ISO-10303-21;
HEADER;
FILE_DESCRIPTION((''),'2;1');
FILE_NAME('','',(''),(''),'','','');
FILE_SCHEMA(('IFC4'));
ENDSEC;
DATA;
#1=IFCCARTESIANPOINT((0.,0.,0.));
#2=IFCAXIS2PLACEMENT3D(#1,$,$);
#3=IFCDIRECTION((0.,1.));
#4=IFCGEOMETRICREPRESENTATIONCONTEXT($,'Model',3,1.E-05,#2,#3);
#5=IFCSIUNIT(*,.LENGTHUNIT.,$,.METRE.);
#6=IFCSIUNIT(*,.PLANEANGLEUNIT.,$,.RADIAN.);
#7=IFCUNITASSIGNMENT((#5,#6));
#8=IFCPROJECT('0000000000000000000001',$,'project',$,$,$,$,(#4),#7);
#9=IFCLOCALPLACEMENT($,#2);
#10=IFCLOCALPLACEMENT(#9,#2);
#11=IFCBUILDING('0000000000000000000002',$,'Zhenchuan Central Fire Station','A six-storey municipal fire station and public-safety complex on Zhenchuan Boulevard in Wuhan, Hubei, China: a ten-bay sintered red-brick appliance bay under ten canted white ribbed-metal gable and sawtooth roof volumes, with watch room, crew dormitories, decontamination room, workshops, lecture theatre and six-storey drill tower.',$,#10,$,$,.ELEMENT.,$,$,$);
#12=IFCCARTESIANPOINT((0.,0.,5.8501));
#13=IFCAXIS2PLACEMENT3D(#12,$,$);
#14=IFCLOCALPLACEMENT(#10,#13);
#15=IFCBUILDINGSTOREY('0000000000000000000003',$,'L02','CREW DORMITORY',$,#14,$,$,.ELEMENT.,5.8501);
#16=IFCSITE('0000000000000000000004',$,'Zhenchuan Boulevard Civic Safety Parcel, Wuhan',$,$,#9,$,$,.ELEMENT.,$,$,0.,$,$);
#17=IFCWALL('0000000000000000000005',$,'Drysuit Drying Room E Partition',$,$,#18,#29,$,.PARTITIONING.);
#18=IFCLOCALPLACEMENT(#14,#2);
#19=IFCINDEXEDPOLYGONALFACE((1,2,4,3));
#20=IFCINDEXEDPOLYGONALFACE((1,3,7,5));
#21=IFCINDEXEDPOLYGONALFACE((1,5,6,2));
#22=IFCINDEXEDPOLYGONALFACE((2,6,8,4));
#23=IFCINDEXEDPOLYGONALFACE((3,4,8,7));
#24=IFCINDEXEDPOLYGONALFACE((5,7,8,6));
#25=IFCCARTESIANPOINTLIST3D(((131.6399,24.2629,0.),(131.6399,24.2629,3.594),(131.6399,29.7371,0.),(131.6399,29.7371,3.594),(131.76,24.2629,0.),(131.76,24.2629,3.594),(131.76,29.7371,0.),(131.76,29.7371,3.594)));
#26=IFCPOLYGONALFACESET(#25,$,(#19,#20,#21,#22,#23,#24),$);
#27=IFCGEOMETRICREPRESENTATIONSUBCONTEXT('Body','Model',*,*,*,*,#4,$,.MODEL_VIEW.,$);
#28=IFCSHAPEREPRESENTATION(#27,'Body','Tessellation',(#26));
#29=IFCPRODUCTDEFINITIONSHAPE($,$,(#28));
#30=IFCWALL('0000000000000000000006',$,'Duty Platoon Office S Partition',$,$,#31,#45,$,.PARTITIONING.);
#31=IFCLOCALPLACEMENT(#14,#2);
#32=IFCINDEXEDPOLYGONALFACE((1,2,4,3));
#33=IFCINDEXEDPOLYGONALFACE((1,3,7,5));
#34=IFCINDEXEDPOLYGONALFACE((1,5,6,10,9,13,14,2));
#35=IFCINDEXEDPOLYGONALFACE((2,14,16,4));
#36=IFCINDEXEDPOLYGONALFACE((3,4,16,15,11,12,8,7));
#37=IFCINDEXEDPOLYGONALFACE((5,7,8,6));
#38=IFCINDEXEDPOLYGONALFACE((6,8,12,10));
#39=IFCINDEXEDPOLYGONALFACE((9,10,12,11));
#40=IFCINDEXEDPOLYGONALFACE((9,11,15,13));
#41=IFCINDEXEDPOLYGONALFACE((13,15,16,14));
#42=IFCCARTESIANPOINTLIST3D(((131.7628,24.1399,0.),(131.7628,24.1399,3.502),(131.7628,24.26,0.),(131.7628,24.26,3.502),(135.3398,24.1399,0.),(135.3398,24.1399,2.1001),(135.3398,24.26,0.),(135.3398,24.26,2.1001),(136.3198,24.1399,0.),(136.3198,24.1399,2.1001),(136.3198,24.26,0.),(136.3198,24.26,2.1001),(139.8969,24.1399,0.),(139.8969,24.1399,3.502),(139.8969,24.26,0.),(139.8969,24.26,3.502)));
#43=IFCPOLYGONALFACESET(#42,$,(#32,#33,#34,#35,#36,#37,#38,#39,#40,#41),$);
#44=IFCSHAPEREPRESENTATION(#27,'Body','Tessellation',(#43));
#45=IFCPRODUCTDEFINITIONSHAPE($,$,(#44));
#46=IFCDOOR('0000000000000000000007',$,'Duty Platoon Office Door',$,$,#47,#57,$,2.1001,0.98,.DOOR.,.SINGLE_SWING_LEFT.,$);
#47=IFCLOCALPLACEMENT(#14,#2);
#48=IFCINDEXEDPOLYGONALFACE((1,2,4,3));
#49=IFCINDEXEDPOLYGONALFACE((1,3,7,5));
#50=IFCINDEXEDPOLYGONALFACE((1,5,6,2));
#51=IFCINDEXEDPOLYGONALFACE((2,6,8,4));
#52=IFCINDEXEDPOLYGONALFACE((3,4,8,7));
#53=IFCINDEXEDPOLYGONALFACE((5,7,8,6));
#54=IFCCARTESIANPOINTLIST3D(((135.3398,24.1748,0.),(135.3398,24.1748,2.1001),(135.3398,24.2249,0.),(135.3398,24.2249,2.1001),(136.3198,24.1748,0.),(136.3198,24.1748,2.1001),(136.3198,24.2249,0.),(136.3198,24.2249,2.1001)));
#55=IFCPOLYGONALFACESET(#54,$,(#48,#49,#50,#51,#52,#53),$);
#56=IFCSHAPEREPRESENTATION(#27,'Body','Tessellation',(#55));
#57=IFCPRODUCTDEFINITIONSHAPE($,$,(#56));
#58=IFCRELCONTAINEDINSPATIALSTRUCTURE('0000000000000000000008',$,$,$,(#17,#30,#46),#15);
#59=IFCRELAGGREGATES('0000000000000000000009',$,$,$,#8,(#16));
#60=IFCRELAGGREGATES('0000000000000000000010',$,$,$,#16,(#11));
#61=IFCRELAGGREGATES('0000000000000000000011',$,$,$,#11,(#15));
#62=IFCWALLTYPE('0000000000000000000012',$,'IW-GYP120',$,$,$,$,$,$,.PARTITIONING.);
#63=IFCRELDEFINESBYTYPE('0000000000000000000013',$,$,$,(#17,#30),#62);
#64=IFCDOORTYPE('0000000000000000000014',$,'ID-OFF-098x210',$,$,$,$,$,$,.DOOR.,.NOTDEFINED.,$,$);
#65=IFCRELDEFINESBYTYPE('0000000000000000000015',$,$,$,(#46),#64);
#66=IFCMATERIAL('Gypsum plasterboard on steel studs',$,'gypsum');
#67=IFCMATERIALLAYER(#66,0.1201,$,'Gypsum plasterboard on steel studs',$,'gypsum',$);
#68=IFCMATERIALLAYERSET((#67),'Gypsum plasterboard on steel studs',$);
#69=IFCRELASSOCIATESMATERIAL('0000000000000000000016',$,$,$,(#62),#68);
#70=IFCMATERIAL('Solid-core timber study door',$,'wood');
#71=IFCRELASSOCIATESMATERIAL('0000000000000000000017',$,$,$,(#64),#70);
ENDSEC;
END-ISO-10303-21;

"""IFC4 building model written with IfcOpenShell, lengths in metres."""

from ifc_helpers import new_model, si_unit, direction, frame, frame_2d, origin, place, context, subcontext, project, spatial, rectangle, extrude, material, layer, layer_set, type_object, element, fill, save


model = new_model("IFC4")

# Units and contexts
model_context = context("Model", 3, precision=1e-05, world=origin(), true_north=direction((0.0, 1.0)))
body_context = subcontext(model_context, "Body", "Model", "MODEL_VIEW")
ifc_project = project(units=[si_unit("LENGTHUNIT", "METRE"), si_unit("PLANEANGLEUNIT", "RADIAN")], contexts=[model_context])

# Site, building, storey
site_placement = place(None, origin())
site = spatial("IfcSite", under=ifc_project, at=site_placement, Name="Zhenchuan Boulevard Civic Safety Parcel, Wuhan", CompositionType="ELEMENT", RefElevation=0.0)
building_placement = place(site_placement, origin())
building = spatial("IfcBuilding", under=site, at=building_placement, Name="Zhenchuan Central Fire Station", Description="A six-storey municipal fire station and public-safety complex on Zhenchuan Boulevard in Wuhan, Hubei, China: a ten-bay sintered red-brick appliance bay under ten canted white ribbed-metal gable and sawtooth roof volumes, with watch room, crew dormitories, decontamination room, workshops, lecture theatre and six-storey drill tower.", CompositionType="ELEMENT")
storey_placement = place(building_placement, frame((0.0, 0.0, 5.8501)))
storey = spatial("IfcBuildingStorey", under=building, at=storey_placement, Name="L02", Description="CREW DORMITORY", CompositionType="ELEMENT", Elevation=5.8501)

# Shared definitions
ifc_material_1 = material(Name="Gypsum plasterboard on steel studs", Category="gypsum")

# Shared definitions
ifc_layer_1 = layer(ifc_material_1, 0.1201, Name="Gypsum plasterboard on steel studs", Category="gypsum")
ifc_layer_set_1 = layer_set([ifc_layer_1], Name="Gypsum plasterboard on steel studs")
wall_type_1 = type_object("IfcWallType", Name="IW-GYP120", PredefinedType="PARTITIONING", material=ifc_layer_set_1)
ifc_material_2 = material(Name="Solid-core timber study door", Category="wood")
door_type_1 = type_object("IfcDoorType", Name="ID-OFF-098x210", OperationType="NOTDEFINED", PredefinedType="DOOR", material=ifc_material_2)

# Wall
wall_1_placement = place(storey_placement, frame((131.7, 24.2629, 0.0), z_axis=(0.0, 0.0, 1.0), x_axis=(0.0, 1.0, 0.0)))
element("IfcWall", 1, at=wall_1_placement, inside=storey, type_object=wall_type_1, Name="Drysuit Drying Room E Partition", PredefinedType="PARTITIONING", context=body_context, shape_type="SweptSolid", body=[
    extrude(rectangle(XDim=5.4741, YDim=0.1201, at=frame_2d((2.7371, 0.0))), origin(), (0.0, 0.0, 1.0), 3.594),
])

# Wall, opening, door
wall_2_placement = place(storey_placement, frame((131.7629, 24.2, 0.0), z_axis=(0.0, 0.0, 1.0), x_axis=(1.0, 0.0, 0.0)))
wall_2 = element("IfcWall", 2, at=wall_2_placement, inside=storey, type_object=wall_type_1, Name="Duty Platoon Office S Partition", PredefinedType="PARTITIONING", context=body_context, shape_type="SweptSolid", body=[
    extrude(rectangle(XDim=8.134, YDim=0.1201, at=frame_2d((4.0669, 0.0))), origin(), (0.0, 0.0, 1.0), 3.502),
])
opening_1_placement = place(wall_2_placement, frame((3.5769, 0.0, 0.0)))
opening_1 = element("IfcOpeningElement", 3, at=opening_1_placement, cuts=wall_2, PredefinedType="OPENING", context=body_context, shape_type="SweptSolid", body=[
    extrude(rectangle(XDim=0.98, YDim=2.1001, at=frame_2d((0.49, 1.05))), frame((0.0, 0.0701, 0.0), z_axis=(0.0, -1.0, 0.0), x_axis=(1.0, 0.0, 0.0)), (0.0, 0.0, 1.0), 0.1401),
])
door_1_placement = place(opening_1_placement, origin())
door_1 = element("IfcDoor", 4, at=door_1_placement, inside=storey, type_object=door_type_1, Name="Duty Platoon Office Door", OperationType="SINGLE_SWING_LEFT", OverallHeight=2.1001, OverallWidth=0.98, PredefinedType="DOOR", context=body_context, shape_type="SweptSolid", body=[
    extrude(rectangle(XDim=0.98, YDim=2.1001, at=frame_2d((0.49, 1.05))), frame((0.0, 0.0249, 0.0), z_axis=(0.0, -1.0, 0.0), x_axis=(1.0, 0.0, 0.0)), (0.0, 0.0, 1.0), 0.05),
])
fill(opening_1, door_1)

save(model, "model.ifc")
